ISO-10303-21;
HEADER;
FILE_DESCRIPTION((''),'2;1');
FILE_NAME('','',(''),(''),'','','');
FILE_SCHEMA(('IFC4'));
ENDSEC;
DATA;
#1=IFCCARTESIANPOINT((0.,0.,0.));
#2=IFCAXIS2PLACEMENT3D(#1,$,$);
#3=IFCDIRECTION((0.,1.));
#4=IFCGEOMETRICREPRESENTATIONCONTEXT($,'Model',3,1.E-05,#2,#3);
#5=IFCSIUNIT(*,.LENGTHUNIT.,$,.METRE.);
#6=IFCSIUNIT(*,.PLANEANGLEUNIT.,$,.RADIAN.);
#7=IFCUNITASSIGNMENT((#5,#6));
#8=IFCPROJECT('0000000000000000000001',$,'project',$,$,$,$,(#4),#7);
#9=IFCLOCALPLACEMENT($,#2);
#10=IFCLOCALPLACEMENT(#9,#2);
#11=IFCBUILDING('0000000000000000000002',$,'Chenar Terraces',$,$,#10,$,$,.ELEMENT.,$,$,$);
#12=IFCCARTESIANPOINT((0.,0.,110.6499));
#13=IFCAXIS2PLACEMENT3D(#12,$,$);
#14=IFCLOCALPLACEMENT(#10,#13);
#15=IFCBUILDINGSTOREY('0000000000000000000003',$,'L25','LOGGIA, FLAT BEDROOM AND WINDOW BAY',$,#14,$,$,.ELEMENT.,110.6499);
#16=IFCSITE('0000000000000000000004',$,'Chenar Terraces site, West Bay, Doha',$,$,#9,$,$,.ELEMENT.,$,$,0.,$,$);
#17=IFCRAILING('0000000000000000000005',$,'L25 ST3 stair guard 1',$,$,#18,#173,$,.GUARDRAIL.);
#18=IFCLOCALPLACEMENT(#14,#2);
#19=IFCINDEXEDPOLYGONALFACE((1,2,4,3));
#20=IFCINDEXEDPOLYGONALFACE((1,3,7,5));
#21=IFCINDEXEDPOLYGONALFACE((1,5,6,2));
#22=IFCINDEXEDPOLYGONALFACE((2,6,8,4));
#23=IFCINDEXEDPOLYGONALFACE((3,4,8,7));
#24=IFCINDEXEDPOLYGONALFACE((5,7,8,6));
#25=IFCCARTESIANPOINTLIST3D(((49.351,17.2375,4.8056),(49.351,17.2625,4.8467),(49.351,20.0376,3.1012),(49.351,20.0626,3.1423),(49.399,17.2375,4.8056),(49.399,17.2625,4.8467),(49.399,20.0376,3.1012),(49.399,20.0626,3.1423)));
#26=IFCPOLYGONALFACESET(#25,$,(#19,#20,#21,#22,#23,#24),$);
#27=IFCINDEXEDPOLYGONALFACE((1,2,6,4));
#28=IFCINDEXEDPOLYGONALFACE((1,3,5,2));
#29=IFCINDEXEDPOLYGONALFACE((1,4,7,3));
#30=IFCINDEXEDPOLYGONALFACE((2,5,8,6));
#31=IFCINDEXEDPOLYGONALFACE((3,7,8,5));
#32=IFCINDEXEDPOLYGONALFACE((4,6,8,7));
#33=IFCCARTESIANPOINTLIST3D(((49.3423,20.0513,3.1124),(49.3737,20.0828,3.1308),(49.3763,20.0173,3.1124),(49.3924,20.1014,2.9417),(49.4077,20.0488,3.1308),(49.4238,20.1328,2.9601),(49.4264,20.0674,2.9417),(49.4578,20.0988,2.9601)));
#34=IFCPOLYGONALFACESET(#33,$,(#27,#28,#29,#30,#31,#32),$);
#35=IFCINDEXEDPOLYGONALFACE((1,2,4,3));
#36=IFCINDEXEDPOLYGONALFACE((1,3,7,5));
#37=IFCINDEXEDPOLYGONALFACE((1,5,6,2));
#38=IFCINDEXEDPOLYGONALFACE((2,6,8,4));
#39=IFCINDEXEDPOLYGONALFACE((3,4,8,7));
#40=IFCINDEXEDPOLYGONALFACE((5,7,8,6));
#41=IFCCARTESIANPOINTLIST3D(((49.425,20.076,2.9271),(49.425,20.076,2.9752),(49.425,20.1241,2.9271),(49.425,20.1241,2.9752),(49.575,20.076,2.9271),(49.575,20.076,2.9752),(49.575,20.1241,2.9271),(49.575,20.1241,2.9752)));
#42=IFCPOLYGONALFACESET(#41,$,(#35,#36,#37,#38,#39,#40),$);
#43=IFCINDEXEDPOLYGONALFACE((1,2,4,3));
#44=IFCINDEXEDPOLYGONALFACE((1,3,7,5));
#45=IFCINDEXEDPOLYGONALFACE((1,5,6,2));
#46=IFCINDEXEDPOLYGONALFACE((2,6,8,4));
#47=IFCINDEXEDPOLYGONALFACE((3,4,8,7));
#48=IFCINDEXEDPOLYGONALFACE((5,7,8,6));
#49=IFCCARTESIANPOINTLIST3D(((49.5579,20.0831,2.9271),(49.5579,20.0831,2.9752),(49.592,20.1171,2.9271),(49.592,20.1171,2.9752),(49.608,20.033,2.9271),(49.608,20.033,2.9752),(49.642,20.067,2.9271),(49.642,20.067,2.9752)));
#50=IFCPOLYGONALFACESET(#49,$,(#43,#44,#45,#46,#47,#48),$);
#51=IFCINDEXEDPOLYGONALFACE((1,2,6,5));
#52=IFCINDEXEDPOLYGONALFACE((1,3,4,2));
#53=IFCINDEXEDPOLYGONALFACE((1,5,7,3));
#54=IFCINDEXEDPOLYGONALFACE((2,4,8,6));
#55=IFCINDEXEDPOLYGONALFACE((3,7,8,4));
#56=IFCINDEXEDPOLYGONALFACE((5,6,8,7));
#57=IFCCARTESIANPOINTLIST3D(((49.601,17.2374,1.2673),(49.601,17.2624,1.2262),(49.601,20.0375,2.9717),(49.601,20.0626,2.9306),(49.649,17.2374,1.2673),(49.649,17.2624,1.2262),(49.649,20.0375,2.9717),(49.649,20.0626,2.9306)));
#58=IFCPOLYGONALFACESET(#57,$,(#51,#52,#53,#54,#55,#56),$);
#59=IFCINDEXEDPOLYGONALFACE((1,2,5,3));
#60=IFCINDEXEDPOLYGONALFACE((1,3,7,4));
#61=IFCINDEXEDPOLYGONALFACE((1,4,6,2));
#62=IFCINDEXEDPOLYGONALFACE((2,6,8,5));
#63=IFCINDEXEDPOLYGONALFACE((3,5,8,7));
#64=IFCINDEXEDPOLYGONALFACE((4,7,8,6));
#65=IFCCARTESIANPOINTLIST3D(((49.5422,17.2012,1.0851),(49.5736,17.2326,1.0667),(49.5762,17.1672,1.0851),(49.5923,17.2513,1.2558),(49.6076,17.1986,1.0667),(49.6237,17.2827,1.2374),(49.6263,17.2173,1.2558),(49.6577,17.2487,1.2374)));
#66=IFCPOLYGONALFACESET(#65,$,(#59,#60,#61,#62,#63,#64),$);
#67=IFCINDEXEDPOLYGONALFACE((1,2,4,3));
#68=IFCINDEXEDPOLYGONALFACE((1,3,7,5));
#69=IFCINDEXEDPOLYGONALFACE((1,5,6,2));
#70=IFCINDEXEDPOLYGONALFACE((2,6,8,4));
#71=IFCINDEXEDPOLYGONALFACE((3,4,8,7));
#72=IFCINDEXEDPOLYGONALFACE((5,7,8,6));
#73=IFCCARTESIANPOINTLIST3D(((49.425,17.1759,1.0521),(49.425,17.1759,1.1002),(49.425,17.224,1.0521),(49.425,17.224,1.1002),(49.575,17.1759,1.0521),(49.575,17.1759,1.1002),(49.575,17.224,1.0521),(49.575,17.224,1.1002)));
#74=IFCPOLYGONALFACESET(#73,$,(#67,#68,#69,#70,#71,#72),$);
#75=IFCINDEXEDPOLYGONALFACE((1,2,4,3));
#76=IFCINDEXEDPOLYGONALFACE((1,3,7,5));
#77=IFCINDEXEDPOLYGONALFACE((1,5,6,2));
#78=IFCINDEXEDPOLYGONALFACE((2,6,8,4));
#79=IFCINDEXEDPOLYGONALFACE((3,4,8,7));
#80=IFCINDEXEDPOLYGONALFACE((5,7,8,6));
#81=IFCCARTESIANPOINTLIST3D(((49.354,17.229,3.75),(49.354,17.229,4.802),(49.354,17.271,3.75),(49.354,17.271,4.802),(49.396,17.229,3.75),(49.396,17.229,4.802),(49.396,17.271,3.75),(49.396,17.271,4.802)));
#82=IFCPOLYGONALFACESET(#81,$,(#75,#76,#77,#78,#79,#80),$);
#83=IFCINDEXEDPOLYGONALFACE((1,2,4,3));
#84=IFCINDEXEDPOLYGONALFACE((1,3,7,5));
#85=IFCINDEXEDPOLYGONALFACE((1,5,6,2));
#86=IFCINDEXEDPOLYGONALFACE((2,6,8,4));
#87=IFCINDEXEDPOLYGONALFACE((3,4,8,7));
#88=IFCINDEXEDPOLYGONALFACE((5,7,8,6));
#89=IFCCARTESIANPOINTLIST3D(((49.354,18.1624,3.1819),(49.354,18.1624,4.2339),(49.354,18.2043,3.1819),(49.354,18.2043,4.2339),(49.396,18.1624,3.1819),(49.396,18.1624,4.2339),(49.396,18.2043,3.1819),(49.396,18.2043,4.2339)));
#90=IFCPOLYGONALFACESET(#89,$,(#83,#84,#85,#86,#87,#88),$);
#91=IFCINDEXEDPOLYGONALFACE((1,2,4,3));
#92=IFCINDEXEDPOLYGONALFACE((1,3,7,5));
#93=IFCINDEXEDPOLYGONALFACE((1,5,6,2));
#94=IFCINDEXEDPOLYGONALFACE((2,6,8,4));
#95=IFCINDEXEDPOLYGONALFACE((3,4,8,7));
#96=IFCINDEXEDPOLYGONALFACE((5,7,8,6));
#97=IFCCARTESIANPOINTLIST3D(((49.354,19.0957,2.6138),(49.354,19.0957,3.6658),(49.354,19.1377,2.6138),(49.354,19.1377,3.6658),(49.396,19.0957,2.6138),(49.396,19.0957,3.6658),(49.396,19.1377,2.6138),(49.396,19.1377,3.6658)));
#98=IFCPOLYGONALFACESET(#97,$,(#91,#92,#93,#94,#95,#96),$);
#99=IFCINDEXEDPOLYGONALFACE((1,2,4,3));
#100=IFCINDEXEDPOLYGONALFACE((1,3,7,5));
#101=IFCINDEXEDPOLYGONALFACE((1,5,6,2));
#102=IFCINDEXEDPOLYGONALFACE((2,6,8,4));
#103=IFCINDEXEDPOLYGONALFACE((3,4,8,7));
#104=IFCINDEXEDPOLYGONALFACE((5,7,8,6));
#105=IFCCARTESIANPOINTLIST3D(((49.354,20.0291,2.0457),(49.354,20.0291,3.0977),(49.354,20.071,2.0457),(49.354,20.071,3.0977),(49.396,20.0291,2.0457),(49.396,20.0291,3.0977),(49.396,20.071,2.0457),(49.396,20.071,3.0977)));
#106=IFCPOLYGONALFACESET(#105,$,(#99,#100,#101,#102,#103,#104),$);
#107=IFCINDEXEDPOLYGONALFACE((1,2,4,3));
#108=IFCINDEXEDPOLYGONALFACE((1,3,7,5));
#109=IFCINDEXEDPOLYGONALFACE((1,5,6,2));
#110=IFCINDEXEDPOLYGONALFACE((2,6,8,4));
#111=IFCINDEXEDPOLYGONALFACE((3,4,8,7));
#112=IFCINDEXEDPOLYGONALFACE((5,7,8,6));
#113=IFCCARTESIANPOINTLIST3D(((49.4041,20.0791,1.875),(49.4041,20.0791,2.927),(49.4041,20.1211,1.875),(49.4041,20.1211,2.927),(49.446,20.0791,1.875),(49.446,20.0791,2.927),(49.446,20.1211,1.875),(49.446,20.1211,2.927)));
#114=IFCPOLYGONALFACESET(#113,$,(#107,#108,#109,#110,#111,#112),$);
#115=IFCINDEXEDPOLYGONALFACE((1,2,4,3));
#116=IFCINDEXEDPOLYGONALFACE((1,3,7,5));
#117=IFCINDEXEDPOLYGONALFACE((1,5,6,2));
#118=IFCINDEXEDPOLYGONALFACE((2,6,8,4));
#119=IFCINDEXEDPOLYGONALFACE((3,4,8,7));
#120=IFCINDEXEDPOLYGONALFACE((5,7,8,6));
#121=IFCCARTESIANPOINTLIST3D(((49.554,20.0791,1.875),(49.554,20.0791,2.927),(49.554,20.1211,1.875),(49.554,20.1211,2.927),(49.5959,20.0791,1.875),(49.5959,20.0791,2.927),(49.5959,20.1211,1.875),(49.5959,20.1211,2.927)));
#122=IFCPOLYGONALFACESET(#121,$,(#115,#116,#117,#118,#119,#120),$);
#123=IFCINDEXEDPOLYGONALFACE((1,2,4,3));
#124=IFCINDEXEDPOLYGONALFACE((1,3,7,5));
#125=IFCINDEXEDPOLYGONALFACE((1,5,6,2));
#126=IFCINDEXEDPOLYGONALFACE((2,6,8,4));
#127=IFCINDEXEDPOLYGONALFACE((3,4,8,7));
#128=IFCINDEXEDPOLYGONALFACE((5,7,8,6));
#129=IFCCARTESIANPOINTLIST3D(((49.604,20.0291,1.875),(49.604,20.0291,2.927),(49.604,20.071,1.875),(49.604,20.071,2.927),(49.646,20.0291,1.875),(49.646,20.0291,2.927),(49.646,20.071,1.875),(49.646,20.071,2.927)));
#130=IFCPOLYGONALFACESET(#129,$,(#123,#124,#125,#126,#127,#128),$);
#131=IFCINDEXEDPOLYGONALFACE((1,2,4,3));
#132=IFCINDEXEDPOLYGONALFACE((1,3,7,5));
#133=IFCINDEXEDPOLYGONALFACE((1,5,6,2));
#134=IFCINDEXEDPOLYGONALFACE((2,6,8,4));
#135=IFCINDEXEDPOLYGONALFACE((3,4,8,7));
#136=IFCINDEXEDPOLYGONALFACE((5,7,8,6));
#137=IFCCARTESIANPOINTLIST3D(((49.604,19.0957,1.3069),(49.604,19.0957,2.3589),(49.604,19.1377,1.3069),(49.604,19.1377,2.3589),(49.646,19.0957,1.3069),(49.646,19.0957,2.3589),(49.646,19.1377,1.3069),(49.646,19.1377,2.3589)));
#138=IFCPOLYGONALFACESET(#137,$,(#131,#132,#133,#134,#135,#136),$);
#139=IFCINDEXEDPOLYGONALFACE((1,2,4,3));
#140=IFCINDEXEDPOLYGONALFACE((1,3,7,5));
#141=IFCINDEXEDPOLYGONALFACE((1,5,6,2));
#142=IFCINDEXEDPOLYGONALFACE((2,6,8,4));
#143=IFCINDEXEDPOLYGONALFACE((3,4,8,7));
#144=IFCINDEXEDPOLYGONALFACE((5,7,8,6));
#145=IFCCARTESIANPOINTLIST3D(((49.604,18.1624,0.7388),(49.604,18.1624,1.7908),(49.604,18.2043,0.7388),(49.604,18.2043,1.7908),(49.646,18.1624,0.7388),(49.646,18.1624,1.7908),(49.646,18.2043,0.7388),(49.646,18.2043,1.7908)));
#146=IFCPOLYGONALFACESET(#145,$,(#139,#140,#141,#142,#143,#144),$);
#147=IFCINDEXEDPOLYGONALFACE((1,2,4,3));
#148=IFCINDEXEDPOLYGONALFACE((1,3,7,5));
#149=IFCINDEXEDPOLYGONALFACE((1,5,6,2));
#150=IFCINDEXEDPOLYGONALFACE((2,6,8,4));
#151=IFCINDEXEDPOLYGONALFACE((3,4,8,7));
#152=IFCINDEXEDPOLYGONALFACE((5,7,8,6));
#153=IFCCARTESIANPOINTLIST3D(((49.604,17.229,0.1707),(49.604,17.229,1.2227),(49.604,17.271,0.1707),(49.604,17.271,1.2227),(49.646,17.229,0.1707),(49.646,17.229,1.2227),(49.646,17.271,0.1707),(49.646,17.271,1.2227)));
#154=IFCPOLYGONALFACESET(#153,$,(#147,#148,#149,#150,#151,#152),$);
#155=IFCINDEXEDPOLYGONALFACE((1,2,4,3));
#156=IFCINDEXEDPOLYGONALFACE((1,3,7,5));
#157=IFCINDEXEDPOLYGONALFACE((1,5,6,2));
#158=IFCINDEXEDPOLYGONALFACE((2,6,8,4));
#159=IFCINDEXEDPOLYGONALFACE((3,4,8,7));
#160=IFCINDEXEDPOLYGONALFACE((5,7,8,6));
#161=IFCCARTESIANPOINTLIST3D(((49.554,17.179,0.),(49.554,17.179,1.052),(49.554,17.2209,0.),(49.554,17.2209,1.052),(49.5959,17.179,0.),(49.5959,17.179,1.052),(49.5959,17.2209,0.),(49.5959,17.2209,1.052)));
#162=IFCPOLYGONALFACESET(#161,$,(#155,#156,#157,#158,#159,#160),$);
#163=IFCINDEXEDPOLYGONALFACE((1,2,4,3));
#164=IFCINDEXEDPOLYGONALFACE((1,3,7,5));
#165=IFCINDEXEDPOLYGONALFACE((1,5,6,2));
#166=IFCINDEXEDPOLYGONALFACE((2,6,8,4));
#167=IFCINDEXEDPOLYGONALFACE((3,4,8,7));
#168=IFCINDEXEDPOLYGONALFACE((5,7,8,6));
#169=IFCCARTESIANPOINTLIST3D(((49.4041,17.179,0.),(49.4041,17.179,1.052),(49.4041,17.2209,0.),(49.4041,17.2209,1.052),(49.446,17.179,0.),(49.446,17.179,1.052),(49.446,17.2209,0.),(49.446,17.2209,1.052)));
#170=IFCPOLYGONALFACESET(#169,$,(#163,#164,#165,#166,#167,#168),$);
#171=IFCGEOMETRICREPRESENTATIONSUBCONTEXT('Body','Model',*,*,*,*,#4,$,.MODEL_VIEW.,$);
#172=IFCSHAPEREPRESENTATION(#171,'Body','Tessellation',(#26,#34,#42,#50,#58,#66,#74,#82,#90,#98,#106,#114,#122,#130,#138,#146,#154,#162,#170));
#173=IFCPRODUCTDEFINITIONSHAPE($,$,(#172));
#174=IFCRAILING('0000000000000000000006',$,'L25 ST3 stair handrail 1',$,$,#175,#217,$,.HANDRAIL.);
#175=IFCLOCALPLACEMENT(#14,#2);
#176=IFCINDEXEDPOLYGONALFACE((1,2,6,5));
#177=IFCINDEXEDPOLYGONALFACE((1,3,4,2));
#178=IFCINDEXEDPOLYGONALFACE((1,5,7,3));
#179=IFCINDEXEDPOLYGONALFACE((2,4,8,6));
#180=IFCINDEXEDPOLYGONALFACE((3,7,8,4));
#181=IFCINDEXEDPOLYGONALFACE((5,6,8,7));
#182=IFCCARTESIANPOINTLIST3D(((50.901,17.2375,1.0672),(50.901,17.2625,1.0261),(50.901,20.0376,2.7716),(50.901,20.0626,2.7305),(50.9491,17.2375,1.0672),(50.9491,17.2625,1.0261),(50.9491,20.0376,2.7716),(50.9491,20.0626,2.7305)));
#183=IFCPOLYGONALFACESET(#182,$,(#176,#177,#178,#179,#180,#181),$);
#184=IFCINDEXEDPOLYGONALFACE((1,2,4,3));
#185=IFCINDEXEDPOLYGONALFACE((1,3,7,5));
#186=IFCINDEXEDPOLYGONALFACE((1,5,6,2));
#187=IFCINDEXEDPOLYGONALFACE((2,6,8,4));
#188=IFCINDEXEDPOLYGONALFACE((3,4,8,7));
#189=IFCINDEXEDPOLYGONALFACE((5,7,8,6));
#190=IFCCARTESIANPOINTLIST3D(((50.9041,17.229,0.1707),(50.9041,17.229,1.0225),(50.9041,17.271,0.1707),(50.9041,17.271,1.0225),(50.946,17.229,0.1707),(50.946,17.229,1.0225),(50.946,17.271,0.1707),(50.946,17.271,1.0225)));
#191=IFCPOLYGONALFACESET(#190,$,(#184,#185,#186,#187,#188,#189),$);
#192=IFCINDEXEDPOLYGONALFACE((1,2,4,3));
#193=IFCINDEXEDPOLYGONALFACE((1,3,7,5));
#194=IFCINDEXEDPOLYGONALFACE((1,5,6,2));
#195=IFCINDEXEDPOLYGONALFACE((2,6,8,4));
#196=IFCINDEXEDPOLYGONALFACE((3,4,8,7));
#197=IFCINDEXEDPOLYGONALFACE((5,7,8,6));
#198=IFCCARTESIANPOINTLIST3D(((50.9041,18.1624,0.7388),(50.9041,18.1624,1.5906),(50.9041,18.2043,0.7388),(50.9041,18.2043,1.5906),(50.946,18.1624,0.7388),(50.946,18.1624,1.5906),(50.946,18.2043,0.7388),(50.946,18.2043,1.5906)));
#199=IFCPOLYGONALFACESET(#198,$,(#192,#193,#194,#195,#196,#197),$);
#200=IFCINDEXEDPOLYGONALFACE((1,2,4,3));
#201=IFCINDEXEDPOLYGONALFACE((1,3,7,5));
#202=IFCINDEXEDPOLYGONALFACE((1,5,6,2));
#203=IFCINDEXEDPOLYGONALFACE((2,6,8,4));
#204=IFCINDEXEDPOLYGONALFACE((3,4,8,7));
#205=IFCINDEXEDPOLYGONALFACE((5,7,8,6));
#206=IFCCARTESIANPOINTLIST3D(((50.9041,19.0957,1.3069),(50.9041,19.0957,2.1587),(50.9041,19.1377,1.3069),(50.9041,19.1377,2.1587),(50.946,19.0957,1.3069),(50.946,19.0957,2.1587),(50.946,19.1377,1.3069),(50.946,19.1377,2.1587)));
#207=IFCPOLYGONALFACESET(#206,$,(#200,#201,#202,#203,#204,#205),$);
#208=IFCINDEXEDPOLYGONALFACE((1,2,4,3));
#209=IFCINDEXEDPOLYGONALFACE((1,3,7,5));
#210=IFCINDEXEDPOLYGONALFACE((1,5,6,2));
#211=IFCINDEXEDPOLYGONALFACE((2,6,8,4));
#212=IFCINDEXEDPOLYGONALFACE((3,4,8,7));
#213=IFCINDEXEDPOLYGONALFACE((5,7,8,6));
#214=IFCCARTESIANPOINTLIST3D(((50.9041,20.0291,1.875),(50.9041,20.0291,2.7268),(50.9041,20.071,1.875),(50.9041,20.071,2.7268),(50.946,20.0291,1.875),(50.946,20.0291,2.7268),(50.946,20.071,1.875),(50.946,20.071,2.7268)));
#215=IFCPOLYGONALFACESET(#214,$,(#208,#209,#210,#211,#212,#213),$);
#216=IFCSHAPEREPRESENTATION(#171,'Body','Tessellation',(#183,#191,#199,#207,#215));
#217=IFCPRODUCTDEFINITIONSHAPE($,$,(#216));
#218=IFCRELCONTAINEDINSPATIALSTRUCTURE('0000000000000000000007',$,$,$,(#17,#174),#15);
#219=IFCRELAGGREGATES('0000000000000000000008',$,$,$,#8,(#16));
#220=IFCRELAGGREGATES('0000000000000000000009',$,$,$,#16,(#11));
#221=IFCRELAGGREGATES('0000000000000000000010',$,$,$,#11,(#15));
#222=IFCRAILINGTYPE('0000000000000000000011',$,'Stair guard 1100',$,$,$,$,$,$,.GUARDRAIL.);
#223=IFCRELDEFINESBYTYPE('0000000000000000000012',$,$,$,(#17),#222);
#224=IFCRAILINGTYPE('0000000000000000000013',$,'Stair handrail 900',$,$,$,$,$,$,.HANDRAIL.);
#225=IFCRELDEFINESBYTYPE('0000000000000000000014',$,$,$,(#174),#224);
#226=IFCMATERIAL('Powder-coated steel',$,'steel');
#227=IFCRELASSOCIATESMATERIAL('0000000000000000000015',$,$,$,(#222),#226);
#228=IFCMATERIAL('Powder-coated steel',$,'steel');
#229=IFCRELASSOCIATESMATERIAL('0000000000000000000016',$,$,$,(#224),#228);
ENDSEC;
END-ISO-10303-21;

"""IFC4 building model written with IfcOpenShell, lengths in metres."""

from ifc_helpers import new_model, si_unit, direction, frame, origin, origin_2d, place, context, subcontext, project, spatial, rectangle, extrude, material, type_object, element, save


model = new_model("IFC4")

# Units and contexts
model_context = context("Model", 3, precision=1e-05, world=origin(), true_north=direction((0.0, 1.0)))
body_context = subcontext(model_context, "Body", "Model", "MODEL_VIEW")
ifc_project = project(units=[si_unit("LENGTHUNIT", "METRE"), si_unit("PLANEANGLEUNIT", "RADIAN")], contexts=[model_context])

# Site, building, storey
site_placement = place(None, origin())
site = spatial("IfcSite", under=ifc_project, at=site_placement, Name="Chenar Terraces site, West Bay, Doha", CompositionType="ELEMENT", RefElevation=0.0)
building_placement = place(site_placement, origin())
building = spatial("IfcBuilding", under=site, at=building_placement, Name="Chenar Terraces", CompositionType="ELEMENT")
storey_placement = place(building_placement, frame((0.0, 0.0, 110.6499)))
storey = spatial("IfcBuildingStorey", under=building, at=storey_placement, Name="L25", Description="LOGGIA, FLAT BEDROOM AND WINDOW BAY", CompositionType="ELEMENT", Elevation=110.6499)

# Railings
ifc_material_1 = material(Name="Powder-coated steel", Category="steel")
railing_type_1 = type_object("IfcRailingType", Name="Stair guard 1100", PredefinedType="GUARDRAIL", material=ifc_material_1)
railing_1_placement = place(storey_placement, frame((49.375, 17.25, 3.75)))
element("IfcRailing", 1, at=railing_1_placement, inside=storey, type_object=railing_type_1, Name="L25 ST3 stair guard 1", PredefinedType="GUARDRAIL", context=body_context, shape_type="SweptSolid", body=[
    extrude(rectangle(XDim=0.0481, YDim=0.0481, at=origin_2d()), frame((0.0, 0.0, 1.0762), z_axis=(0.0, 0.854203, -0.51994), x_axis=(-1.0, 0.0, 0.0)), (0.0, 0.0, 1.0), 3.2781),
    extrude(rectangle(XDim=0.0481, YDim=0.0481, at=origin_2d()), frame((0.0, 2.8, -0.6284), z_axis=(0.2709, 0.2709, -0.923703), x_axis=(-0.707107, 0.707107, 0.0)), (0.0, 0.0, 1.0), 0.1848),
    extrude(rectangle(XDim=0.0481, YDim=0.0481, at=origin_2d()), frame((0.05, 2.8501, -0.7988), z_axis=(1.0, 0.0, 0.0), x_axis=(0.0, 1.0, 0.0)), (0.0, 0.0, 1.0), 0.1499),
    extrude(rectangle(XDim=0.0481, YDim=0.0481, at=origin_2d()), frame((0.2, 2.8501, -0.7988), z_axis=(0.707107, -0.707107, 0.0), x_axis=(0.707107, 0.707107, 0.0)), (0.0, 0.0, 1.0), 0.0708),
    extrude(rectangle(XDim=0.0481, YDim=0.0481, at=origin_2d()), frame((0.25, 2.8, -0.7988), z_axis=(0.0, -0.854203, -0.51994), x_axis=(1.0, 0.0, 0.0)), (0.0, 0.0, 1.0), 3.2781),
    extrude(rectangle(XDim=0.0481, YDim=0.0481, at=origin_2d()), frame((0.25, 0.0, -2.5034), z_axis=(-0.2709, -0.2709, -0.923703), x_axis=(0.707107, -0.707107, 0.0)), (0.0, 0.0, 1.0), 0.1848),
    extrude(rectangle(XDim=0.0481, YDim=0.0481, at=origin_2d()), frame((0.2, -0.05, -2.6738), z_axis=(-1.0, 0.0, 0.0), x_axis=(0.0, -1.0, 0.0)), (0.0, 0.0, 1.0), 0.1499),
    extrude(rectangle(XDim=0.042, YDim=0.042, at=origin_2d()), origin(), (0.0, 0.0, 1.0), 1.052),
    extrude(rectangle(XDim=0.042, YDim=0.042, at=origin_2d()), frame((0.0, 0.9333, -0.5681)), (0.0, 0.0, 1.0), 1.052),
    extrude(rectangle(XDim=0.042, YDim=0.042, at=origin_2d()), frame((0.0, 1.8667, -1.1362)), (0.0, 0.0, 1.0), 1.052),
    extrude(rectangle(XDim=0.042, YDim=0.042, at=origin_2d()), frame((0.0, 2.8, -1.7043)), (0.0, 0.0, 1.0), 1.052),
    extrude(rectangle(XDim=0.042, YDim=0.042, at=origin_2d()), frame((0.05, 2.8501, -1.875)), (0.0, 0.0, 1.0), 1.052),
    extrude(rectangle(XDim=0.042, YDim=0.042, at=origin_2d()), frame((0.2, 2.8501, -1.875)), (0.0, 0.0, 1.0), 1.052),
    extrude(rectangle(XDim=0.042, YDim=0.042, at=origin_2d()), frame((0.25, 2.8, -1.875)), (0.0, 0.0, 1.0), 1.052),
    extrude(rectangle(XDim=0.042, YDim=0.042, at=origin_2d()), frame((0.25, 1.8667, -2.4431)), (0.0, 0.0, 1.0), 1.052),
    extrude(rectangle(XDim=0.042, YDim=0.042, at=origin_2d()), frame((0.25, 0.9333, -3.0112)), (0.0, 0.0, 1.0), 1.052),
    extrude(rectangle(XDim=0.042, YDim=0.042, at=origin_2d()), frame((0.25, 0.0, -3.5793)), (0.0, 0.0, 1.0), 1.052),
    extrude(rectangle(XDim=0.042, YDim=0.042, at=origin_2d()), frame((0.2, -0.05, -3.75)), (0.0, 0.0, 1.0), 1.052),
    extrude(rectangle(XDim=0.042, YDim=0.042, at=origin_2d()), frame((0.05, -0.05, -3.75)), (0.0, 0.0, 1.0), 1.052),
])
ifc_material_2 = material(Name="Powder-coated steel", Category="steel")
railing_type_2 = type_object("IfcRailingType", Name="Stair handrail 900", PredefinedType="HANDRAIL", material=ifc_material_2)
railing_2_placement = place(storey_placement, frame((50.925, 17.25, 0.1707)))
element("IfcRailing", 2, at=railing_2_placement, inside=storey, type_object=railing_type_2, Name="L25 ST3 stair handrail 1", PredefinedType="HANDRAIL", context=body_context, shape_type="SweptSolid", body=[
    extrude(rectangle(XDim=0.0481, YDim=0.0481, at=origin_2d()), frame((0.0, 0.0, 0.876), z_axis=(0.0, 0.854203, 0.51994), x_axis=(-1.0, 0.0, 0.0)), (0.0, 0.0, 1.0), 3.2781),
    extrude(rectangle(XDim=0.042, YDim=0.042, at=origin_2d()), origin(), (0.0, 0.0, 1.0), 0.8518),
    extrude(rectangle(XDim=0.042, YDim=0.042, at=origin_2d()), frame((0.0, 0.9333, 0.5681)), (0.0, 0.0, 1.0), 0.8518),
    extrude(rectangle(XDim=0.042, YDim=0.042, at=origin_2d()), frame((0.0, 1.8667, 1.1362)), (0.0, 0.0, 1.0), 0.8518),
    extrude(rectangle(XDim=0.042, YDim=0.042, at=origin_2d()), frame((0.0, 2.8, 1.7043)), (0.0, 0.0, 1.0), 0.8518),
])

save(model, "model.ifc")
